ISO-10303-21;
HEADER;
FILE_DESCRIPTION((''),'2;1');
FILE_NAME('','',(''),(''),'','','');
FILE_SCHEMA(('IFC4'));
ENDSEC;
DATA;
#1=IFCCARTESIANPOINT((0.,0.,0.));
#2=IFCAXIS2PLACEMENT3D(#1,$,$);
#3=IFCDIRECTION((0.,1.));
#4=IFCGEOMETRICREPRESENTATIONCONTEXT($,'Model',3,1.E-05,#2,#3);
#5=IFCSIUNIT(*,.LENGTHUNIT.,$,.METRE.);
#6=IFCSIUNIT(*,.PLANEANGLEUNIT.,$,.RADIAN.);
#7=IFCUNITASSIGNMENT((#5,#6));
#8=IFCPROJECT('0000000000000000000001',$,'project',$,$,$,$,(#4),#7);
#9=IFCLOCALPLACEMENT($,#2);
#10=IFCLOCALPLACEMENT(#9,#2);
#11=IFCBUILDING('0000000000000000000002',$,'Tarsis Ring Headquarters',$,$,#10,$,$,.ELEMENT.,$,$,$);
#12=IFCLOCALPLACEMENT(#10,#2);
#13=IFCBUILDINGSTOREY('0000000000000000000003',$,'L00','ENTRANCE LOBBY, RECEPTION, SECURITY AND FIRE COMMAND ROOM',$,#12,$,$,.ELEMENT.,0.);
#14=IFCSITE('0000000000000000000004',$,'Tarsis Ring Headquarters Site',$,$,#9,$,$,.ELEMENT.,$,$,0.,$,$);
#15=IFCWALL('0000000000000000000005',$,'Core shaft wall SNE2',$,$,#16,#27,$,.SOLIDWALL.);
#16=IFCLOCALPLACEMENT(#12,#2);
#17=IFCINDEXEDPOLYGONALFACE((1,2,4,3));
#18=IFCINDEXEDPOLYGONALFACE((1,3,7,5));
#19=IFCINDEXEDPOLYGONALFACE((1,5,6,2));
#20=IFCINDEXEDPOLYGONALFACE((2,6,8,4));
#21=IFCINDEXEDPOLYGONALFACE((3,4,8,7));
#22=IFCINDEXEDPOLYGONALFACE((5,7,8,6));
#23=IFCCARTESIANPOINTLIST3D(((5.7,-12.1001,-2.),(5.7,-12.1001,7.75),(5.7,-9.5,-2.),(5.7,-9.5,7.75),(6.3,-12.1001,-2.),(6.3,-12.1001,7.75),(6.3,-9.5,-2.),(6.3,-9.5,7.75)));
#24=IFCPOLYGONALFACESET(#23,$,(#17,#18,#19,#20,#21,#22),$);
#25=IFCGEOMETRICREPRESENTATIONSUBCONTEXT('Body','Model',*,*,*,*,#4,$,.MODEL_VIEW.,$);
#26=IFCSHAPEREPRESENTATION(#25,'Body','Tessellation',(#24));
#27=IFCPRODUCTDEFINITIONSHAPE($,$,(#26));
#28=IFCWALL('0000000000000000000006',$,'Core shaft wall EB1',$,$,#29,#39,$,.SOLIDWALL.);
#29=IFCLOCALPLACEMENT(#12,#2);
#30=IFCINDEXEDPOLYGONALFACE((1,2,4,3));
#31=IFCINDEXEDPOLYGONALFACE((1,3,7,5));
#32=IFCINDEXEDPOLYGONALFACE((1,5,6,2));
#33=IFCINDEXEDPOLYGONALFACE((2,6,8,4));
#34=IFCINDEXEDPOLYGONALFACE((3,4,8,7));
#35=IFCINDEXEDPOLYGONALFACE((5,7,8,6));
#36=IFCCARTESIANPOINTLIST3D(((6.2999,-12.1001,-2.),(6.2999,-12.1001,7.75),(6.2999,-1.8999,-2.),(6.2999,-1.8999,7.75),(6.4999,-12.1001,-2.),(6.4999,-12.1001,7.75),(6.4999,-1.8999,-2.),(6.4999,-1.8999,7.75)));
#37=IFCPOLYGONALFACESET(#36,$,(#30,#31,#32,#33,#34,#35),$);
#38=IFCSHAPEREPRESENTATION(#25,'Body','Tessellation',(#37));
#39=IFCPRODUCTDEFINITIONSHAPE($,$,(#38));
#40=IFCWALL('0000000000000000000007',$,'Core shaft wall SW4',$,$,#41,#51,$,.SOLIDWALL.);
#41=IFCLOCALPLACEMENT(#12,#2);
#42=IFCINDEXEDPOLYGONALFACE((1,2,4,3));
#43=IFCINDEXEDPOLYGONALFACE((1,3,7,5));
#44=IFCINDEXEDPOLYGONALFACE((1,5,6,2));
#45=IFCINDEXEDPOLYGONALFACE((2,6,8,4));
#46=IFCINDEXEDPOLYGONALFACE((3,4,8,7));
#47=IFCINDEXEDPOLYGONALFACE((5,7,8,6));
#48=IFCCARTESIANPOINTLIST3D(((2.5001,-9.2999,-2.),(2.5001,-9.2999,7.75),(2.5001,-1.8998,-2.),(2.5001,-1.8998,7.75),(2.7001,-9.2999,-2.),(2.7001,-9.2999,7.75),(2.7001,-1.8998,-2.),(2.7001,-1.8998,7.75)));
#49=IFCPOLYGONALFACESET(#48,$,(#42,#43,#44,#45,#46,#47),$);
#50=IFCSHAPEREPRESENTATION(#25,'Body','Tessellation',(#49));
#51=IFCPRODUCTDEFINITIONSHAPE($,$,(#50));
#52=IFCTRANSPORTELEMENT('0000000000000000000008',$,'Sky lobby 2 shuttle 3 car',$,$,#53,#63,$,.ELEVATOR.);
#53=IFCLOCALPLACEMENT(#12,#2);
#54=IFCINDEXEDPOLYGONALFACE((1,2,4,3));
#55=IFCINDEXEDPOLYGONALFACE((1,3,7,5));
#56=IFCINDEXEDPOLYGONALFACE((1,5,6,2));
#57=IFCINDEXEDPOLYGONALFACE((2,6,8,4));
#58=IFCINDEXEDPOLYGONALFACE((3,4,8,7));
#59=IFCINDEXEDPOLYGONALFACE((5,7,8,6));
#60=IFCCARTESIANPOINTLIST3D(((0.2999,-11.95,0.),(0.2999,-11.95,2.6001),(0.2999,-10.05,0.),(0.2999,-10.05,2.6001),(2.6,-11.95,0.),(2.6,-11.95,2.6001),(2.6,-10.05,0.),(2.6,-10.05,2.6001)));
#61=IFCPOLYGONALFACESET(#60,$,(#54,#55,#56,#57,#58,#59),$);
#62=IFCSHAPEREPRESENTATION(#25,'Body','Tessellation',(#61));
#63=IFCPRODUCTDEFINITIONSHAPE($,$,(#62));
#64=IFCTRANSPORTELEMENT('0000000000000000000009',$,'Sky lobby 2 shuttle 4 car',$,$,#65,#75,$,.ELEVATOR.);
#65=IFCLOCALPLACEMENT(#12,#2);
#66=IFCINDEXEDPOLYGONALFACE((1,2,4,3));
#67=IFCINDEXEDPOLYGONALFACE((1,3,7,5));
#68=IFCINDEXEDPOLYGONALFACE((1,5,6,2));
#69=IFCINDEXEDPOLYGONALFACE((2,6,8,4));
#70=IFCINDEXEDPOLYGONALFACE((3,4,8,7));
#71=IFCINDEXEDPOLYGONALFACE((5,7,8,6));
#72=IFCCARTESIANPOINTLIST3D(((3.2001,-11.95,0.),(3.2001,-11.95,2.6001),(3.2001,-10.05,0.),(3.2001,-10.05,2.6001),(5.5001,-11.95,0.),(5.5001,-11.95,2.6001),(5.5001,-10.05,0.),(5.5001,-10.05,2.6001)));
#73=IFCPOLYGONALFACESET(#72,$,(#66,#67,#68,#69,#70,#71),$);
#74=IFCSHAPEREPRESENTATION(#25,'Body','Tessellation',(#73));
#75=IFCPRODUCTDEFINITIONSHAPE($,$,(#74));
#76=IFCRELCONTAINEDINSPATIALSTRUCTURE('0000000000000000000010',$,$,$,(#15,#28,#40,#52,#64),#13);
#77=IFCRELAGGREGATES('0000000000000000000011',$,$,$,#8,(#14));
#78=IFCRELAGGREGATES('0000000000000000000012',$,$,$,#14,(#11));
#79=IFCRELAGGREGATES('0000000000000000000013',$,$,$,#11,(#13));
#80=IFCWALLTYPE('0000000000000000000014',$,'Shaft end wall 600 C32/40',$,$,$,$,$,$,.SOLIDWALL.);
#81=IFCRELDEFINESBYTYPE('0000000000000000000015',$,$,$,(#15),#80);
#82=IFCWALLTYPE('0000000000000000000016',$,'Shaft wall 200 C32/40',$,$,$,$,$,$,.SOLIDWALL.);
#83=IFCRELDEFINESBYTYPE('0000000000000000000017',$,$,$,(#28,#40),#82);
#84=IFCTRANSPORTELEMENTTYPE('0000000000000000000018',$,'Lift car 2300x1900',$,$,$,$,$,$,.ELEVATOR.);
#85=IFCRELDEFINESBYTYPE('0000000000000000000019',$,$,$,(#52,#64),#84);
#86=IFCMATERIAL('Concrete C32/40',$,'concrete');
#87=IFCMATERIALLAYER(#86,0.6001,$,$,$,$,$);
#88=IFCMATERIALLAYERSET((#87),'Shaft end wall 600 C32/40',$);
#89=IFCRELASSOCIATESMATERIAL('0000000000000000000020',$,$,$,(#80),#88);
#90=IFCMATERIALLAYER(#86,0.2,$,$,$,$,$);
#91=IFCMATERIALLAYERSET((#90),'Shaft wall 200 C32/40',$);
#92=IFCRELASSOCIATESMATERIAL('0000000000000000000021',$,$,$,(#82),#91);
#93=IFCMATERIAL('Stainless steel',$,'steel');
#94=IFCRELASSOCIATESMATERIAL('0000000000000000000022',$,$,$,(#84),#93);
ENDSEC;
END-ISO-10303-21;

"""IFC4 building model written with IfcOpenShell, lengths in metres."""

from ifc_helpers import new_model, si_unit, direction, frame, frame_2d, origin, origin_2d, place, context, subcontext, project, spatial, rectangle, extrude, material, layer, layer_set, type_object, element, save


model = new_model("IFC4")

# Units and contexts
model_context = context("Model", 3, precision=1e-05, world=origin(), true_north=direction((0.0, 1.0)))
body_context = subcontext(model_context, "Body", "Model", "MODEL_VIEW")
ifc_project = project(units=[si_unit("LENGTHUNIT", "METRE"), si_unit("PLANEANGLEUNIT", "RADIAN")], contexts=[model_context])

# Site, building, storey
site_placement = place(None, origin())
site = spatial("IfcSite", under=ifc_project, at=site_placement, Name="Tarsis Ring Headquarters Site", CompositionType="ELEMENT", RefElevation=0.0)
building_placement = place(site_placement, origin())
building = spatial("IfcBuilding", under=site, at=building_placement, Name="Tarsis Ring Headquarters", CompositionType="ELEMENT")
storey_placement = place(building_placement, origin())
storey = spatial("IfcBuildingStorey", under=building, at=storey_placement, Name="L00", Description="ENTRANCE LOBBY, RECEPTION, SECURITY AND FIRE COMMAND ROOM", CompositionType="ELEMENT", Elevation=0.0)

# Walls
ifc_material_1 = material(Name="Concrete C32/40", Category="concrete")
ifc_layer_1 = layer(ifc_material_1, 0.6001)
ifc_layer_set_1 = layer_set([ifc_layer_1], Name="Shaft end wall 600 C32/40")
wall_type_1 = type_object("IfcWallType", Name="Shaft end wall 600 C32/40", PredefinedType="SOLIDWALL", material=ifc_layer_set_1)
wall_1_placement = place(storey_placement, frame((6.0, -12.1001, -2.0), z_axis=(0.0, 0.0, 1.0), x_axis=(0.0, 1.0, 0.0)))
element("IfcWall", 1, at=wall_1_placement, inside=storey, type_object=wall_type_1, Name="Core shaft wall SNE2", PredefinedType="SOLIDWALL", context=body_context, shape_type="SweptSolid", body=[
    extrude(rectangle(XDim=2.6001, YDim=0.6001, at=frame_2d((1.3, 0.0))), origin(), (0.0, 0.0, 1.0), 9.75),
])
ifc_layer_2 = layer(ifc_material_1, 0.2)
ifc_layer_set_2 = layer_set([ifc_layer_2], Name="Shaft wall 200 C32/40")
wall_type_2 = type_object("IfcWallType", Name="Shaft wall 200 C32/40", PredefinedType="SOLIDWALL", material=ifc_layer_set_2)
wall_2_placement = place(storey_placement, frame((6.3999, -12.1001, -2.0), z_axis=(0.0, 0.0, 1.0), x_axis=(0.0, 1.0, 0.0)))
element("IfcWall", 2, at=wall_2_placement, inside=storey, type_object=wall_type_2, Name="Core shaft wall EB1", PredefinedType="SOLIDWALL", context=body_context, shape_type="SweptSolid", body=[
    extrude(rectangle(XDim=10.2002, YDim=0.2, at=frame_2d((5.1001, 0.0))), origin(), (0.0, 0.0, 1.0), 9.75),
])
wall_3_placement = place(storey_placement, frame((2.6001, -9.3, -2.0), z_axis=(0.0, 0.0, 1.0), x_axis=(0.0, 1.0, 0.0)))
element("IfcWall", 3, at=wall_3_placement, inside=storey, type_object=wall_type_2, Name="Core shaft wall SW4", PredefinedType="SOLIDWALL", context=body_context, shape_type="SweptSolid", body=[
    extrude(rectangle(XDim=7.4001, YDim=0.2, at=frame_2d((3.7002, 0.0))), origin(), (0.0, 0.0, 1.0), 9.75),
])

# Transport elements
ifc_material_2 = material(Name="Stainless steel", Category="steel")
transport_element_type = type_object("IfcTransportElementType", Name="Lift car 2300x1900", PredefinedType="ELEVATOR", material=ifc_material_2)
for number, where, z_axis, x_axis, name in (
    (4, (1.45, -11.0, 0.0), (0.0, 0.0, 1.0), (1.0, 0.0, 0.0), "Sky lobby 2 shuttle 3 car"),
    (5, (4.3501, -11.0, 0.0), (0.0, 0.0, 1.0), (1.0, 0.0, 0.0), "Sky lobby 2 shuttle 4 car"),
):
    element("IfcTransportElement", number, at=place(storey_placement, frame(where, z_axis=z_axis, x_axis=x_axis)), inside=storey, type_object=transport_element_type, Name=name, PredefinedType="ELEVATOR", context=body_context, shape_type="SweptSolid", body=[
        extrude(rectangle(XDim=2.3, YDim=1.8999, at=origin_2d()), origin(), (0.0, 0.0, 1.0), 2.6001),
    ])

save(model, "model.ifc")
